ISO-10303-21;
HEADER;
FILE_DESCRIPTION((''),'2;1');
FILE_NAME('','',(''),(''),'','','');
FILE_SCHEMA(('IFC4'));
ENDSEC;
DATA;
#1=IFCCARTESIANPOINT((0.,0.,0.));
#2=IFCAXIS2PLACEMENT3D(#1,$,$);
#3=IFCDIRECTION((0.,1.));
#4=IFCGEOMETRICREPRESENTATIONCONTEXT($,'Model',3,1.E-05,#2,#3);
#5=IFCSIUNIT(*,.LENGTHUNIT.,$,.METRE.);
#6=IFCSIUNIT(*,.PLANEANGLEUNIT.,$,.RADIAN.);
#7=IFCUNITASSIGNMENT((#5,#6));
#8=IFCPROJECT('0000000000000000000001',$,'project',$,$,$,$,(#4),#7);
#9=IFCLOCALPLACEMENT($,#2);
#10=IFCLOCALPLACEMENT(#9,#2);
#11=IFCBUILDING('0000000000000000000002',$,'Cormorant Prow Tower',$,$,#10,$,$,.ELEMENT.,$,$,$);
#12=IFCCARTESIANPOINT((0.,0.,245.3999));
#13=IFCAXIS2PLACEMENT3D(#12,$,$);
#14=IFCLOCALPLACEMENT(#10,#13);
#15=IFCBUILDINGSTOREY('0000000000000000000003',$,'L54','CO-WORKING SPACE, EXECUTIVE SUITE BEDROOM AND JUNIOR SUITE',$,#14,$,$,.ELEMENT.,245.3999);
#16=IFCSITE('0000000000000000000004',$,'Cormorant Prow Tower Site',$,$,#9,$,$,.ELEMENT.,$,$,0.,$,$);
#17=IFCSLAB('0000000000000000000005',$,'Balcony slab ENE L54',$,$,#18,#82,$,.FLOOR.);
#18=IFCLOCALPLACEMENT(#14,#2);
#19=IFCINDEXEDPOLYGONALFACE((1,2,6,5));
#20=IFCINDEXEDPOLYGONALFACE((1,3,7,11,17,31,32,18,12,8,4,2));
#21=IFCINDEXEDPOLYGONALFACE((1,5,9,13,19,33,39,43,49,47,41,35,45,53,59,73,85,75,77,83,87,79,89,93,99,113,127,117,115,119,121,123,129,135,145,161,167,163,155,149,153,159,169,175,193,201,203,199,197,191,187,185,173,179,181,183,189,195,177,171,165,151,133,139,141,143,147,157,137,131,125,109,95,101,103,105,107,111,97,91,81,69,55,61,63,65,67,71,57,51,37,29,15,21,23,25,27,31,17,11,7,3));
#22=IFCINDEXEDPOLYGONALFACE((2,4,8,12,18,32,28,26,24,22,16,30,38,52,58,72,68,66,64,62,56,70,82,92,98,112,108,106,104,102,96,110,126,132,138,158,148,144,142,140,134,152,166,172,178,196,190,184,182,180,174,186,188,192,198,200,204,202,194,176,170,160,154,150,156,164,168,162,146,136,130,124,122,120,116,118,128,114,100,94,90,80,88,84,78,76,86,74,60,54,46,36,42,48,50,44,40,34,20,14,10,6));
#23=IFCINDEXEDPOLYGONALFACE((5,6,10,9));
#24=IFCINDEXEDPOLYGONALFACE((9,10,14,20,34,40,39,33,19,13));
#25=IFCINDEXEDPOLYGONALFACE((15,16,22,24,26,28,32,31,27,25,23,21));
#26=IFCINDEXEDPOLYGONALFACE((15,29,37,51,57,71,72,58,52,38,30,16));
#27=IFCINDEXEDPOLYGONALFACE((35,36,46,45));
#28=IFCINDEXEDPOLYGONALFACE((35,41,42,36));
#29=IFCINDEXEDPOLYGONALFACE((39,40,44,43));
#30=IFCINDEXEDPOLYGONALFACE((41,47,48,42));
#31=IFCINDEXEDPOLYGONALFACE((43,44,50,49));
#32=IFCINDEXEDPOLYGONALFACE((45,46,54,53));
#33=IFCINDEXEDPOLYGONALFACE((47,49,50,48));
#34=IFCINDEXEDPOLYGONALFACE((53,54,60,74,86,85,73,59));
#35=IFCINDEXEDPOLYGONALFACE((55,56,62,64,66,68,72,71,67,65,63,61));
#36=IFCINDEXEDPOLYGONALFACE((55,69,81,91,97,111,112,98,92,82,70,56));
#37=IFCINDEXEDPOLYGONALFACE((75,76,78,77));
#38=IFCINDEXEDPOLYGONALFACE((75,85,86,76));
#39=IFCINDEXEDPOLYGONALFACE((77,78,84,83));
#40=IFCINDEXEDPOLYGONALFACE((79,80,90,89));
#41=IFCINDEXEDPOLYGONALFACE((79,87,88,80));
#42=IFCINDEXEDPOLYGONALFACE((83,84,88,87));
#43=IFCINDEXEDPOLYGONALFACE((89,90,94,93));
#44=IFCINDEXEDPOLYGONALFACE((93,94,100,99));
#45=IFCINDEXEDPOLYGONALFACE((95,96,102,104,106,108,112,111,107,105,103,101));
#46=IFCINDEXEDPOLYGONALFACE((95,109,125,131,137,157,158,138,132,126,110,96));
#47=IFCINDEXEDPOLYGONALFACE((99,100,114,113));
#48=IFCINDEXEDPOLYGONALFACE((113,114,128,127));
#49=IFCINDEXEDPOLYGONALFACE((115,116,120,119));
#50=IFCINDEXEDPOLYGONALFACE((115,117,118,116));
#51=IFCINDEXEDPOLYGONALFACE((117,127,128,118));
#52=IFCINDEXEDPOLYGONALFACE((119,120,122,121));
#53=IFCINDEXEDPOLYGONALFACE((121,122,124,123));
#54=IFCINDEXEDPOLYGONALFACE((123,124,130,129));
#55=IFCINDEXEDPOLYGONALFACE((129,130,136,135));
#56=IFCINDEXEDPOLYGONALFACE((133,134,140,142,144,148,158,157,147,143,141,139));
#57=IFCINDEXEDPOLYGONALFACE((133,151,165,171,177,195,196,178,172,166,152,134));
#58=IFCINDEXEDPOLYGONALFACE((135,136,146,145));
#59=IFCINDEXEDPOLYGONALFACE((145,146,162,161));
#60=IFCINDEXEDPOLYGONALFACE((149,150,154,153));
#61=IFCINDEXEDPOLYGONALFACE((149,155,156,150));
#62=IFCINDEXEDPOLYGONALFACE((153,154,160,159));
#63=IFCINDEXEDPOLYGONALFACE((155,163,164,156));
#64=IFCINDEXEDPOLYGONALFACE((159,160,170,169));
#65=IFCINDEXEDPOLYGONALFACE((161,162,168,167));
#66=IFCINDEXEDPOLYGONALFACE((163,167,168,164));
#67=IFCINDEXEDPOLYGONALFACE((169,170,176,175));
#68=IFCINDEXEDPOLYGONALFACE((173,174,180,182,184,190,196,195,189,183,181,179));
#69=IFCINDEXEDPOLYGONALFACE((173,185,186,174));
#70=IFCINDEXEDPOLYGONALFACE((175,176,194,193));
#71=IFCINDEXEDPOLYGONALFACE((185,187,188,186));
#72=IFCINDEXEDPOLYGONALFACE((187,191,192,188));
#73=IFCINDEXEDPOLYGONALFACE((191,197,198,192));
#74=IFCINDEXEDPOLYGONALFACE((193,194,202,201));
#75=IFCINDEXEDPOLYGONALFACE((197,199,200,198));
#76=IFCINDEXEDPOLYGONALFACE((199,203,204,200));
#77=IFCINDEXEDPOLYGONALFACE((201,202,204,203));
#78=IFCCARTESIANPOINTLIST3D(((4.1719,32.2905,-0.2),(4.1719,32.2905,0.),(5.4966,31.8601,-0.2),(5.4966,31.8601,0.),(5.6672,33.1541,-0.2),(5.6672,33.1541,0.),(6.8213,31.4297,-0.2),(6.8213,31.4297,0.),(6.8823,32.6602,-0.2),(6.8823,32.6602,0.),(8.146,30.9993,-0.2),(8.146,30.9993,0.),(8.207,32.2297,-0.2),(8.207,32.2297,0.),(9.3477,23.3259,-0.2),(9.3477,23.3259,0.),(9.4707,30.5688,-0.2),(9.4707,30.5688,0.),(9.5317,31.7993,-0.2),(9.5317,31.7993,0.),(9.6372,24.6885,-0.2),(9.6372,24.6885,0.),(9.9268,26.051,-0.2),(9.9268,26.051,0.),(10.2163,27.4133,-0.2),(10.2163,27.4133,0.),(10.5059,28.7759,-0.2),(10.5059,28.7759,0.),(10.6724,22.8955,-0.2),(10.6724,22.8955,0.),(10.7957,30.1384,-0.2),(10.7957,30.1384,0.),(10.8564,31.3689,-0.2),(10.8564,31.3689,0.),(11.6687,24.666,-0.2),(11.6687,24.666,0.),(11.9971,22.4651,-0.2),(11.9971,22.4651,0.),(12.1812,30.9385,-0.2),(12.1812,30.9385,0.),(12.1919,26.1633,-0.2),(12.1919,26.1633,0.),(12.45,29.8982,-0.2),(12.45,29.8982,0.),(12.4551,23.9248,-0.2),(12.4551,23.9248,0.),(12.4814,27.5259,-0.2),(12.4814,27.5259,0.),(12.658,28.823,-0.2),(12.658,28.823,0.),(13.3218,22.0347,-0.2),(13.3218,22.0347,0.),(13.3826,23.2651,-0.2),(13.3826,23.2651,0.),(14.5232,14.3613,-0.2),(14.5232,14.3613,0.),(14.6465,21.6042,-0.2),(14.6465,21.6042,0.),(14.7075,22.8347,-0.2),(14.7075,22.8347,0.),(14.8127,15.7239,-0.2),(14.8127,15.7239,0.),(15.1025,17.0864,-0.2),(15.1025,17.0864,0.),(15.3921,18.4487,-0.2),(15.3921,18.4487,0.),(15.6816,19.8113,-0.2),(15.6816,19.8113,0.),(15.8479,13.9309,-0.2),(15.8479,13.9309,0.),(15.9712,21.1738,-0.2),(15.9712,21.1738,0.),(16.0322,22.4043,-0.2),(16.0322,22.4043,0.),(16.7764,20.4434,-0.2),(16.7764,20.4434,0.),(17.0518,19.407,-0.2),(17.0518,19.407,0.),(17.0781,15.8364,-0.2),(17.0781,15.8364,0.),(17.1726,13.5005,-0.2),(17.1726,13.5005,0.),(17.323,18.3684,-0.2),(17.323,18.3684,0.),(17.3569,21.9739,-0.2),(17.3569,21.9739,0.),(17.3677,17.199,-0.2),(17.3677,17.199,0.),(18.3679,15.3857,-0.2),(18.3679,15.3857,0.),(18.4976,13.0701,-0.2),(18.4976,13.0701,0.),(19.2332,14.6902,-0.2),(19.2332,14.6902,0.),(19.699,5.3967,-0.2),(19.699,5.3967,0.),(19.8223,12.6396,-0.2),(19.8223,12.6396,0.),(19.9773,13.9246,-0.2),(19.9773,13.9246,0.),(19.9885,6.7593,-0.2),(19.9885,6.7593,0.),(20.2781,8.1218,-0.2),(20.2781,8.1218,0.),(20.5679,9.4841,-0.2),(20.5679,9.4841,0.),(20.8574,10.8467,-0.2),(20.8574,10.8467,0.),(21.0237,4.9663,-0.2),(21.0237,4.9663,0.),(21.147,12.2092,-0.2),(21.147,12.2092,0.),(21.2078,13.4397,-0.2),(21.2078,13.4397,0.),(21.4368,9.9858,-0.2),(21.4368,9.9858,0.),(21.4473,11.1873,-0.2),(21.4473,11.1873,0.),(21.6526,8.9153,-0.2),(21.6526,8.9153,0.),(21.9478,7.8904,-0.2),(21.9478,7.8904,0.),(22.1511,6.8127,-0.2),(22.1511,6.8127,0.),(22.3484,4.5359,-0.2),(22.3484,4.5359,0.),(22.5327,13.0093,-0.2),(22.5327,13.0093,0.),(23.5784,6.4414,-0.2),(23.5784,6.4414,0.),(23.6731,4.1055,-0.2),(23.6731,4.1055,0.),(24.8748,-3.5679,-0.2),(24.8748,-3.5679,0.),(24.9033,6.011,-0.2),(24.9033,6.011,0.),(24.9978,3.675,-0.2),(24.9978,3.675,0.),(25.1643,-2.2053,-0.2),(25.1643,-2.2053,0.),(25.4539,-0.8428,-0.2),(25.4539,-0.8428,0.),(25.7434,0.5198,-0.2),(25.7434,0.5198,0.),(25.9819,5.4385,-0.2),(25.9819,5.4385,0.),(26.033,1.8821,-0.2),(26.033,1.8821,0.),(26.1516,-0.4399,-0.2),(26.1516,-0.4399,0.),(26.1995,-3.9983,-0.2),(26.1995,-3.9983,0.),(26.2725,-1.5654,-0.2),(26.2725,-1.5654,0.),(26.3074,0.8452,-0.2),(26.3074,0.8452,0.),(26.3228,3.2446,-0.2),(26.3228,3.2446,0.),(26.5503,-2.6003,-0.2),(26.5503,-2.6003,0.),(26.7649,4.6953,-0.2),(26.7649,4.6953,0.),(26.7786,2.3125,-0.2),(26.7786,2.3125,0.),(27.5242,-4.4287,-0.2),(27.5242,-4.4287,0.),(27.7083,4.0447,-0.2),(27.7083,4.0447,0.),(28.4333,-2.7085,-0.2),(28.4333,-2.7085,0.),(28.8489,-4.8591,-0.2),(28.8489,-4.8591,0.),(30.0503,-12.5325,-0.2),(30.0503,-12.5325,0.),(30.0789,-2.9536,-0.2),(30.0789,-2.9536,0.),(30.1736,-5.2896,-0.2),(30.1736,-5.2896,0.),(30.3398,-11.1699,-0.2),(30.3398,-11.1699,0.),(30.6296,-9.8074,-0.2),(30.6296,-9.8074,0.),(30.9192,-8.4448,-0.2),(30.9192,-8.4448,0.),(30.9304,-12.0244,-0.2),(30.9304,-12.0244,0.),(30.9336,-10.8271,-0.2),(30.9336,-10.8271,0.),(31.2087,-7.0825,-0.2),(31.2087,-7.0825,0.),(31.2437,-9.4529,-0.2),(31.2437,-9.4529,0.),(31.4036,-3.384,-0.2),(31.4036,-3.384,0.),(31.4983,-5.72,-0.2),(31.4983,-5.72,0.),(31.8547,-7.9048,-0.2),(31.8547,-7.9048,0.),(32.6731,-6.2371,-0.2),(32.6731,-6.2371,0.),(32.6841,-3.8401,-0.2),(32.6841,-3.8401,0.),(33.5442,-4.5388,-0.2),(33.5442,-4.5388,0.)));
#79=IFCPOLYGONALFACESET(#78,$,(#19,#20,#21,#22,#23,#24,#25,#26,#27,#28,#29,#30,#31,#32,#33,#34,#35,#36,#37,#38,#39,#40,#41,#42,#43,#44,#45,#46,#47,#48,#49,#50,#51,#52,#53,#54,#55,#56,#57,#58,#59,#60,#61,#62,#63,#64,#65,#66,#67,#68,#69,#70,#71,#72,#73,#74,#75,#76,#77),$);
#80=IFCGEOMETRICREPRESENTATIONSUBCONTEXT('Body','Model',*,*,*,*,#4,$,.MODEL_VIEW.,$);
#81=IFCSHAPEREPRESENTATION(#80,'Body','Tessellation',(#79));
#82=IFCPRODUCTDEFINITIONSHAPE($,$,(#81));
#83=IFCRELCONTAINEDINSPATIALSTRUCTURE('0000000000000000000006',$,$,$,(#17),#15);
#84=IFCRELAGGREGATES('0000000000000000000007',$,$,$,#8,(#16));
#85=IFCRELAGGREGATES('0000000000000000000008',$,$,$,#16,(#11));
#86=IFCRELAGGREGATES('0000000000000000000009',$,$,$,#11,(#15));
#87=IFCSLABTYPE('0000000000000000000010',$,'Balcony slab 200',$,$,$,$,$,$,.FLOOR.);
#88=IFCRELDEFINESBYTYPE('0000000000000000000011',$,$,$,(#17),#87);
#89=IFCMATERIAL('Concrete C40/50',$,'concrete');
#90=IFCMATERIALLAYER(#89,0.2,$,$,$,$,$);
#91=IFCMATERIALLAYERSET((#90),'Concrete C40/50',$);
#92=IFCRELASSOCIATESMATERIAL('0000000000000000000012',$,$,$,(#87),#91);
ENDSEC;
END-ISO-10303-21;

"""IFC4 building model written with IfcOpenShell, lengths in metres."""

from ifc_helpers import new_model, si_unit, direction, frame, origin, place, context, subcontext, project, spatial, polyline, outline, extrude, material, layer, layer_set, type_object, element, save


model = new_model("IFC4")

# Units and contexts
model_context = context("Model", 3, precision=1e-05, world=origin(), true_north=direction((0.0, 1.0)))
body_context = subcontext(model_context, "Body", "Model", "MODEL_VIEW")
ifc_project = project(units=[si_unit("LENGTHUNIT", "METRE"), si_unit("PLANEANGLEUNIT", "RADIAN")], contexts=[model_context])

# Site, building, storey
site_placement = place(None, origin())
site = spatial("IfcSite", under=ifc_project, at=site_placement, Name="Cormorant Prow Tower Site", CompositionType="ELEMENT", RefElevation=0.0)
building_placement = place(site_placement, origin())
building = spatial("IfcBuilding", under=site, at=building_placement, Name="Cormorant Prow Tower", CompositionType="ELEMENT")
storey_placement = place(building_placement, frame((0.0, 0.0, 245.3999)))
storey = spatial("IfcBuildingStorey", under=building, at=storey_placement, Name="L54", Description="CO-WORKING SPACE, EXECUTIVE SUITE BEDROOM AND JUNIOR SUITE", CompositionType="ELEMENT", Elevation=245.3999)

# Slab
ifc_material_1 = material(Name="Concrete C40/50", Category="concrete")
ifc_layer_1 = layer(ifc_material_1, 0.2)
ifc_layer_set_1 = layer_set([ifc_layer_1], Name="Concrete C40/50")
slab_type_1 = type_object("IfcSlabType", Name="Balcony slab 200", PredefinedType="FLOOR", material=ifc_layer_set_1)
slab_1_placement = place(storey_placement, frame((0.0, 0.0, -0.2)))
element("IfcSlab", 1, at=slab_1_placement, inside=storey, type_object=slab_type_1, Name="Balcony slab ENE L54", PredefinedType="FLOOR", context=body_context, shape_type="SweptSolid", body=[
    extrude(outline(polyline([(30.0503, -12.5325), (30.9304, -12.0244), (30.9336, -10.8271), (31.2437, -9.4529), (31.8547, -7.9048), (32.6731, -6.2371), (33.5442, -4.5388), (32.6841, -3.8401), (31.4036, -3.384), (30.0789, -2.9536), (28.4333, -2.7085), (26.5503, -2.6003), (26.2725, -1.5654), (26.1516, -0.4399), (26.3074, 0.8452), (26.7786, 2.3125), (27.7083, 4.0447), (26.7649, 4.6953), (25.9819, 5.4385), (24.9033, 6.011), (23.5784, 6.4414), (22.1511, 6.8127), (21.9478, 7.8904), (21.6526, 8.9153), (21.4368, 9.9858), (21.4473, 11.1873), (22.5327, 13.0093), (21.2078, 13.4397), (19.9773, 13.9246), (19.2332, 14.6902), (18.3679, 15.3857), (17.0781, 15.8364), (17.3677, 17.199), (17.323, 18.3684), (17.0518, 19.407), (16.7764, 20.4434), (17.3569, 21.9739), (16.0322, 22.4043), (14.7075, 22.8347), (13.3826, 23.2651), (12.4551, 23.9248), (11.6687, 24.666), (12.1919, 26.1633), (12.4814, 27.5259), (12.658, 28.823), (12.45, 29.8982), (12.1812, 30.9385), (10.8564, 31.3689), (9.5317, 31.7993), (8.207, 32.2297), (6.8823, 32.6602), (5.6672, 33.1541), (4.1719, 32.2905), (5.4966, 31.8601), (6.8213, 31.4297), (8.146, 30.9993), (9.4707, 30.5688), (10.7957, 30.1384), (10.5059, 28.7759), (10.2163, 27.4133), (9.9268, 26.051), (9.6372, 24.6885), (9.3477, 23.3259), (10.6724, 22.8955), (11.9971, 22.4651), (13.3218, 22.0347), (14.6465, 21.6042), (15.9712, 21.1738), (15.6816, 19.8113), (15.3921, 18.4487), (15.1025, 17.0864), (14.8127, 15.7239), (14.5232, 14.3613), (15.8479, 13.9309), (17.1726, 13.5005), (18.4976, 13.0701), (19.8223, 12.6396), (21.147, 12.2092), (20.8574, 10.8467), (20.5679, 9.4841), (20.2781, 8.1218), (19.9885, 6.7593), (19.699, 5.3967), (21.0237, 4.9663), (22.3484, 4.5359), (23.6731, 4.1055), (24.9978, 3.675), (26.3228, 3.2446), (26.033, 1.8821), (25.7434, 0.5198), (25.4539, -0.8428), (25.1643, -2.2053), (24.8748, -3.5679), (26.1995, -3.9983), (27.5242, -4.4287), (28.8489, -4.8591), (30.1736, -5.2896), (31.4983, -5.72), (31.2087, -7.0825), (30.9192, -8.4448), (30.6296, -9.8074), (30.3398, -11.1699), (30.0503, -12.5325)])), origin(), (0.0, 0.0, 1.0), 0.2),
])

save(model, "model.ifc")
